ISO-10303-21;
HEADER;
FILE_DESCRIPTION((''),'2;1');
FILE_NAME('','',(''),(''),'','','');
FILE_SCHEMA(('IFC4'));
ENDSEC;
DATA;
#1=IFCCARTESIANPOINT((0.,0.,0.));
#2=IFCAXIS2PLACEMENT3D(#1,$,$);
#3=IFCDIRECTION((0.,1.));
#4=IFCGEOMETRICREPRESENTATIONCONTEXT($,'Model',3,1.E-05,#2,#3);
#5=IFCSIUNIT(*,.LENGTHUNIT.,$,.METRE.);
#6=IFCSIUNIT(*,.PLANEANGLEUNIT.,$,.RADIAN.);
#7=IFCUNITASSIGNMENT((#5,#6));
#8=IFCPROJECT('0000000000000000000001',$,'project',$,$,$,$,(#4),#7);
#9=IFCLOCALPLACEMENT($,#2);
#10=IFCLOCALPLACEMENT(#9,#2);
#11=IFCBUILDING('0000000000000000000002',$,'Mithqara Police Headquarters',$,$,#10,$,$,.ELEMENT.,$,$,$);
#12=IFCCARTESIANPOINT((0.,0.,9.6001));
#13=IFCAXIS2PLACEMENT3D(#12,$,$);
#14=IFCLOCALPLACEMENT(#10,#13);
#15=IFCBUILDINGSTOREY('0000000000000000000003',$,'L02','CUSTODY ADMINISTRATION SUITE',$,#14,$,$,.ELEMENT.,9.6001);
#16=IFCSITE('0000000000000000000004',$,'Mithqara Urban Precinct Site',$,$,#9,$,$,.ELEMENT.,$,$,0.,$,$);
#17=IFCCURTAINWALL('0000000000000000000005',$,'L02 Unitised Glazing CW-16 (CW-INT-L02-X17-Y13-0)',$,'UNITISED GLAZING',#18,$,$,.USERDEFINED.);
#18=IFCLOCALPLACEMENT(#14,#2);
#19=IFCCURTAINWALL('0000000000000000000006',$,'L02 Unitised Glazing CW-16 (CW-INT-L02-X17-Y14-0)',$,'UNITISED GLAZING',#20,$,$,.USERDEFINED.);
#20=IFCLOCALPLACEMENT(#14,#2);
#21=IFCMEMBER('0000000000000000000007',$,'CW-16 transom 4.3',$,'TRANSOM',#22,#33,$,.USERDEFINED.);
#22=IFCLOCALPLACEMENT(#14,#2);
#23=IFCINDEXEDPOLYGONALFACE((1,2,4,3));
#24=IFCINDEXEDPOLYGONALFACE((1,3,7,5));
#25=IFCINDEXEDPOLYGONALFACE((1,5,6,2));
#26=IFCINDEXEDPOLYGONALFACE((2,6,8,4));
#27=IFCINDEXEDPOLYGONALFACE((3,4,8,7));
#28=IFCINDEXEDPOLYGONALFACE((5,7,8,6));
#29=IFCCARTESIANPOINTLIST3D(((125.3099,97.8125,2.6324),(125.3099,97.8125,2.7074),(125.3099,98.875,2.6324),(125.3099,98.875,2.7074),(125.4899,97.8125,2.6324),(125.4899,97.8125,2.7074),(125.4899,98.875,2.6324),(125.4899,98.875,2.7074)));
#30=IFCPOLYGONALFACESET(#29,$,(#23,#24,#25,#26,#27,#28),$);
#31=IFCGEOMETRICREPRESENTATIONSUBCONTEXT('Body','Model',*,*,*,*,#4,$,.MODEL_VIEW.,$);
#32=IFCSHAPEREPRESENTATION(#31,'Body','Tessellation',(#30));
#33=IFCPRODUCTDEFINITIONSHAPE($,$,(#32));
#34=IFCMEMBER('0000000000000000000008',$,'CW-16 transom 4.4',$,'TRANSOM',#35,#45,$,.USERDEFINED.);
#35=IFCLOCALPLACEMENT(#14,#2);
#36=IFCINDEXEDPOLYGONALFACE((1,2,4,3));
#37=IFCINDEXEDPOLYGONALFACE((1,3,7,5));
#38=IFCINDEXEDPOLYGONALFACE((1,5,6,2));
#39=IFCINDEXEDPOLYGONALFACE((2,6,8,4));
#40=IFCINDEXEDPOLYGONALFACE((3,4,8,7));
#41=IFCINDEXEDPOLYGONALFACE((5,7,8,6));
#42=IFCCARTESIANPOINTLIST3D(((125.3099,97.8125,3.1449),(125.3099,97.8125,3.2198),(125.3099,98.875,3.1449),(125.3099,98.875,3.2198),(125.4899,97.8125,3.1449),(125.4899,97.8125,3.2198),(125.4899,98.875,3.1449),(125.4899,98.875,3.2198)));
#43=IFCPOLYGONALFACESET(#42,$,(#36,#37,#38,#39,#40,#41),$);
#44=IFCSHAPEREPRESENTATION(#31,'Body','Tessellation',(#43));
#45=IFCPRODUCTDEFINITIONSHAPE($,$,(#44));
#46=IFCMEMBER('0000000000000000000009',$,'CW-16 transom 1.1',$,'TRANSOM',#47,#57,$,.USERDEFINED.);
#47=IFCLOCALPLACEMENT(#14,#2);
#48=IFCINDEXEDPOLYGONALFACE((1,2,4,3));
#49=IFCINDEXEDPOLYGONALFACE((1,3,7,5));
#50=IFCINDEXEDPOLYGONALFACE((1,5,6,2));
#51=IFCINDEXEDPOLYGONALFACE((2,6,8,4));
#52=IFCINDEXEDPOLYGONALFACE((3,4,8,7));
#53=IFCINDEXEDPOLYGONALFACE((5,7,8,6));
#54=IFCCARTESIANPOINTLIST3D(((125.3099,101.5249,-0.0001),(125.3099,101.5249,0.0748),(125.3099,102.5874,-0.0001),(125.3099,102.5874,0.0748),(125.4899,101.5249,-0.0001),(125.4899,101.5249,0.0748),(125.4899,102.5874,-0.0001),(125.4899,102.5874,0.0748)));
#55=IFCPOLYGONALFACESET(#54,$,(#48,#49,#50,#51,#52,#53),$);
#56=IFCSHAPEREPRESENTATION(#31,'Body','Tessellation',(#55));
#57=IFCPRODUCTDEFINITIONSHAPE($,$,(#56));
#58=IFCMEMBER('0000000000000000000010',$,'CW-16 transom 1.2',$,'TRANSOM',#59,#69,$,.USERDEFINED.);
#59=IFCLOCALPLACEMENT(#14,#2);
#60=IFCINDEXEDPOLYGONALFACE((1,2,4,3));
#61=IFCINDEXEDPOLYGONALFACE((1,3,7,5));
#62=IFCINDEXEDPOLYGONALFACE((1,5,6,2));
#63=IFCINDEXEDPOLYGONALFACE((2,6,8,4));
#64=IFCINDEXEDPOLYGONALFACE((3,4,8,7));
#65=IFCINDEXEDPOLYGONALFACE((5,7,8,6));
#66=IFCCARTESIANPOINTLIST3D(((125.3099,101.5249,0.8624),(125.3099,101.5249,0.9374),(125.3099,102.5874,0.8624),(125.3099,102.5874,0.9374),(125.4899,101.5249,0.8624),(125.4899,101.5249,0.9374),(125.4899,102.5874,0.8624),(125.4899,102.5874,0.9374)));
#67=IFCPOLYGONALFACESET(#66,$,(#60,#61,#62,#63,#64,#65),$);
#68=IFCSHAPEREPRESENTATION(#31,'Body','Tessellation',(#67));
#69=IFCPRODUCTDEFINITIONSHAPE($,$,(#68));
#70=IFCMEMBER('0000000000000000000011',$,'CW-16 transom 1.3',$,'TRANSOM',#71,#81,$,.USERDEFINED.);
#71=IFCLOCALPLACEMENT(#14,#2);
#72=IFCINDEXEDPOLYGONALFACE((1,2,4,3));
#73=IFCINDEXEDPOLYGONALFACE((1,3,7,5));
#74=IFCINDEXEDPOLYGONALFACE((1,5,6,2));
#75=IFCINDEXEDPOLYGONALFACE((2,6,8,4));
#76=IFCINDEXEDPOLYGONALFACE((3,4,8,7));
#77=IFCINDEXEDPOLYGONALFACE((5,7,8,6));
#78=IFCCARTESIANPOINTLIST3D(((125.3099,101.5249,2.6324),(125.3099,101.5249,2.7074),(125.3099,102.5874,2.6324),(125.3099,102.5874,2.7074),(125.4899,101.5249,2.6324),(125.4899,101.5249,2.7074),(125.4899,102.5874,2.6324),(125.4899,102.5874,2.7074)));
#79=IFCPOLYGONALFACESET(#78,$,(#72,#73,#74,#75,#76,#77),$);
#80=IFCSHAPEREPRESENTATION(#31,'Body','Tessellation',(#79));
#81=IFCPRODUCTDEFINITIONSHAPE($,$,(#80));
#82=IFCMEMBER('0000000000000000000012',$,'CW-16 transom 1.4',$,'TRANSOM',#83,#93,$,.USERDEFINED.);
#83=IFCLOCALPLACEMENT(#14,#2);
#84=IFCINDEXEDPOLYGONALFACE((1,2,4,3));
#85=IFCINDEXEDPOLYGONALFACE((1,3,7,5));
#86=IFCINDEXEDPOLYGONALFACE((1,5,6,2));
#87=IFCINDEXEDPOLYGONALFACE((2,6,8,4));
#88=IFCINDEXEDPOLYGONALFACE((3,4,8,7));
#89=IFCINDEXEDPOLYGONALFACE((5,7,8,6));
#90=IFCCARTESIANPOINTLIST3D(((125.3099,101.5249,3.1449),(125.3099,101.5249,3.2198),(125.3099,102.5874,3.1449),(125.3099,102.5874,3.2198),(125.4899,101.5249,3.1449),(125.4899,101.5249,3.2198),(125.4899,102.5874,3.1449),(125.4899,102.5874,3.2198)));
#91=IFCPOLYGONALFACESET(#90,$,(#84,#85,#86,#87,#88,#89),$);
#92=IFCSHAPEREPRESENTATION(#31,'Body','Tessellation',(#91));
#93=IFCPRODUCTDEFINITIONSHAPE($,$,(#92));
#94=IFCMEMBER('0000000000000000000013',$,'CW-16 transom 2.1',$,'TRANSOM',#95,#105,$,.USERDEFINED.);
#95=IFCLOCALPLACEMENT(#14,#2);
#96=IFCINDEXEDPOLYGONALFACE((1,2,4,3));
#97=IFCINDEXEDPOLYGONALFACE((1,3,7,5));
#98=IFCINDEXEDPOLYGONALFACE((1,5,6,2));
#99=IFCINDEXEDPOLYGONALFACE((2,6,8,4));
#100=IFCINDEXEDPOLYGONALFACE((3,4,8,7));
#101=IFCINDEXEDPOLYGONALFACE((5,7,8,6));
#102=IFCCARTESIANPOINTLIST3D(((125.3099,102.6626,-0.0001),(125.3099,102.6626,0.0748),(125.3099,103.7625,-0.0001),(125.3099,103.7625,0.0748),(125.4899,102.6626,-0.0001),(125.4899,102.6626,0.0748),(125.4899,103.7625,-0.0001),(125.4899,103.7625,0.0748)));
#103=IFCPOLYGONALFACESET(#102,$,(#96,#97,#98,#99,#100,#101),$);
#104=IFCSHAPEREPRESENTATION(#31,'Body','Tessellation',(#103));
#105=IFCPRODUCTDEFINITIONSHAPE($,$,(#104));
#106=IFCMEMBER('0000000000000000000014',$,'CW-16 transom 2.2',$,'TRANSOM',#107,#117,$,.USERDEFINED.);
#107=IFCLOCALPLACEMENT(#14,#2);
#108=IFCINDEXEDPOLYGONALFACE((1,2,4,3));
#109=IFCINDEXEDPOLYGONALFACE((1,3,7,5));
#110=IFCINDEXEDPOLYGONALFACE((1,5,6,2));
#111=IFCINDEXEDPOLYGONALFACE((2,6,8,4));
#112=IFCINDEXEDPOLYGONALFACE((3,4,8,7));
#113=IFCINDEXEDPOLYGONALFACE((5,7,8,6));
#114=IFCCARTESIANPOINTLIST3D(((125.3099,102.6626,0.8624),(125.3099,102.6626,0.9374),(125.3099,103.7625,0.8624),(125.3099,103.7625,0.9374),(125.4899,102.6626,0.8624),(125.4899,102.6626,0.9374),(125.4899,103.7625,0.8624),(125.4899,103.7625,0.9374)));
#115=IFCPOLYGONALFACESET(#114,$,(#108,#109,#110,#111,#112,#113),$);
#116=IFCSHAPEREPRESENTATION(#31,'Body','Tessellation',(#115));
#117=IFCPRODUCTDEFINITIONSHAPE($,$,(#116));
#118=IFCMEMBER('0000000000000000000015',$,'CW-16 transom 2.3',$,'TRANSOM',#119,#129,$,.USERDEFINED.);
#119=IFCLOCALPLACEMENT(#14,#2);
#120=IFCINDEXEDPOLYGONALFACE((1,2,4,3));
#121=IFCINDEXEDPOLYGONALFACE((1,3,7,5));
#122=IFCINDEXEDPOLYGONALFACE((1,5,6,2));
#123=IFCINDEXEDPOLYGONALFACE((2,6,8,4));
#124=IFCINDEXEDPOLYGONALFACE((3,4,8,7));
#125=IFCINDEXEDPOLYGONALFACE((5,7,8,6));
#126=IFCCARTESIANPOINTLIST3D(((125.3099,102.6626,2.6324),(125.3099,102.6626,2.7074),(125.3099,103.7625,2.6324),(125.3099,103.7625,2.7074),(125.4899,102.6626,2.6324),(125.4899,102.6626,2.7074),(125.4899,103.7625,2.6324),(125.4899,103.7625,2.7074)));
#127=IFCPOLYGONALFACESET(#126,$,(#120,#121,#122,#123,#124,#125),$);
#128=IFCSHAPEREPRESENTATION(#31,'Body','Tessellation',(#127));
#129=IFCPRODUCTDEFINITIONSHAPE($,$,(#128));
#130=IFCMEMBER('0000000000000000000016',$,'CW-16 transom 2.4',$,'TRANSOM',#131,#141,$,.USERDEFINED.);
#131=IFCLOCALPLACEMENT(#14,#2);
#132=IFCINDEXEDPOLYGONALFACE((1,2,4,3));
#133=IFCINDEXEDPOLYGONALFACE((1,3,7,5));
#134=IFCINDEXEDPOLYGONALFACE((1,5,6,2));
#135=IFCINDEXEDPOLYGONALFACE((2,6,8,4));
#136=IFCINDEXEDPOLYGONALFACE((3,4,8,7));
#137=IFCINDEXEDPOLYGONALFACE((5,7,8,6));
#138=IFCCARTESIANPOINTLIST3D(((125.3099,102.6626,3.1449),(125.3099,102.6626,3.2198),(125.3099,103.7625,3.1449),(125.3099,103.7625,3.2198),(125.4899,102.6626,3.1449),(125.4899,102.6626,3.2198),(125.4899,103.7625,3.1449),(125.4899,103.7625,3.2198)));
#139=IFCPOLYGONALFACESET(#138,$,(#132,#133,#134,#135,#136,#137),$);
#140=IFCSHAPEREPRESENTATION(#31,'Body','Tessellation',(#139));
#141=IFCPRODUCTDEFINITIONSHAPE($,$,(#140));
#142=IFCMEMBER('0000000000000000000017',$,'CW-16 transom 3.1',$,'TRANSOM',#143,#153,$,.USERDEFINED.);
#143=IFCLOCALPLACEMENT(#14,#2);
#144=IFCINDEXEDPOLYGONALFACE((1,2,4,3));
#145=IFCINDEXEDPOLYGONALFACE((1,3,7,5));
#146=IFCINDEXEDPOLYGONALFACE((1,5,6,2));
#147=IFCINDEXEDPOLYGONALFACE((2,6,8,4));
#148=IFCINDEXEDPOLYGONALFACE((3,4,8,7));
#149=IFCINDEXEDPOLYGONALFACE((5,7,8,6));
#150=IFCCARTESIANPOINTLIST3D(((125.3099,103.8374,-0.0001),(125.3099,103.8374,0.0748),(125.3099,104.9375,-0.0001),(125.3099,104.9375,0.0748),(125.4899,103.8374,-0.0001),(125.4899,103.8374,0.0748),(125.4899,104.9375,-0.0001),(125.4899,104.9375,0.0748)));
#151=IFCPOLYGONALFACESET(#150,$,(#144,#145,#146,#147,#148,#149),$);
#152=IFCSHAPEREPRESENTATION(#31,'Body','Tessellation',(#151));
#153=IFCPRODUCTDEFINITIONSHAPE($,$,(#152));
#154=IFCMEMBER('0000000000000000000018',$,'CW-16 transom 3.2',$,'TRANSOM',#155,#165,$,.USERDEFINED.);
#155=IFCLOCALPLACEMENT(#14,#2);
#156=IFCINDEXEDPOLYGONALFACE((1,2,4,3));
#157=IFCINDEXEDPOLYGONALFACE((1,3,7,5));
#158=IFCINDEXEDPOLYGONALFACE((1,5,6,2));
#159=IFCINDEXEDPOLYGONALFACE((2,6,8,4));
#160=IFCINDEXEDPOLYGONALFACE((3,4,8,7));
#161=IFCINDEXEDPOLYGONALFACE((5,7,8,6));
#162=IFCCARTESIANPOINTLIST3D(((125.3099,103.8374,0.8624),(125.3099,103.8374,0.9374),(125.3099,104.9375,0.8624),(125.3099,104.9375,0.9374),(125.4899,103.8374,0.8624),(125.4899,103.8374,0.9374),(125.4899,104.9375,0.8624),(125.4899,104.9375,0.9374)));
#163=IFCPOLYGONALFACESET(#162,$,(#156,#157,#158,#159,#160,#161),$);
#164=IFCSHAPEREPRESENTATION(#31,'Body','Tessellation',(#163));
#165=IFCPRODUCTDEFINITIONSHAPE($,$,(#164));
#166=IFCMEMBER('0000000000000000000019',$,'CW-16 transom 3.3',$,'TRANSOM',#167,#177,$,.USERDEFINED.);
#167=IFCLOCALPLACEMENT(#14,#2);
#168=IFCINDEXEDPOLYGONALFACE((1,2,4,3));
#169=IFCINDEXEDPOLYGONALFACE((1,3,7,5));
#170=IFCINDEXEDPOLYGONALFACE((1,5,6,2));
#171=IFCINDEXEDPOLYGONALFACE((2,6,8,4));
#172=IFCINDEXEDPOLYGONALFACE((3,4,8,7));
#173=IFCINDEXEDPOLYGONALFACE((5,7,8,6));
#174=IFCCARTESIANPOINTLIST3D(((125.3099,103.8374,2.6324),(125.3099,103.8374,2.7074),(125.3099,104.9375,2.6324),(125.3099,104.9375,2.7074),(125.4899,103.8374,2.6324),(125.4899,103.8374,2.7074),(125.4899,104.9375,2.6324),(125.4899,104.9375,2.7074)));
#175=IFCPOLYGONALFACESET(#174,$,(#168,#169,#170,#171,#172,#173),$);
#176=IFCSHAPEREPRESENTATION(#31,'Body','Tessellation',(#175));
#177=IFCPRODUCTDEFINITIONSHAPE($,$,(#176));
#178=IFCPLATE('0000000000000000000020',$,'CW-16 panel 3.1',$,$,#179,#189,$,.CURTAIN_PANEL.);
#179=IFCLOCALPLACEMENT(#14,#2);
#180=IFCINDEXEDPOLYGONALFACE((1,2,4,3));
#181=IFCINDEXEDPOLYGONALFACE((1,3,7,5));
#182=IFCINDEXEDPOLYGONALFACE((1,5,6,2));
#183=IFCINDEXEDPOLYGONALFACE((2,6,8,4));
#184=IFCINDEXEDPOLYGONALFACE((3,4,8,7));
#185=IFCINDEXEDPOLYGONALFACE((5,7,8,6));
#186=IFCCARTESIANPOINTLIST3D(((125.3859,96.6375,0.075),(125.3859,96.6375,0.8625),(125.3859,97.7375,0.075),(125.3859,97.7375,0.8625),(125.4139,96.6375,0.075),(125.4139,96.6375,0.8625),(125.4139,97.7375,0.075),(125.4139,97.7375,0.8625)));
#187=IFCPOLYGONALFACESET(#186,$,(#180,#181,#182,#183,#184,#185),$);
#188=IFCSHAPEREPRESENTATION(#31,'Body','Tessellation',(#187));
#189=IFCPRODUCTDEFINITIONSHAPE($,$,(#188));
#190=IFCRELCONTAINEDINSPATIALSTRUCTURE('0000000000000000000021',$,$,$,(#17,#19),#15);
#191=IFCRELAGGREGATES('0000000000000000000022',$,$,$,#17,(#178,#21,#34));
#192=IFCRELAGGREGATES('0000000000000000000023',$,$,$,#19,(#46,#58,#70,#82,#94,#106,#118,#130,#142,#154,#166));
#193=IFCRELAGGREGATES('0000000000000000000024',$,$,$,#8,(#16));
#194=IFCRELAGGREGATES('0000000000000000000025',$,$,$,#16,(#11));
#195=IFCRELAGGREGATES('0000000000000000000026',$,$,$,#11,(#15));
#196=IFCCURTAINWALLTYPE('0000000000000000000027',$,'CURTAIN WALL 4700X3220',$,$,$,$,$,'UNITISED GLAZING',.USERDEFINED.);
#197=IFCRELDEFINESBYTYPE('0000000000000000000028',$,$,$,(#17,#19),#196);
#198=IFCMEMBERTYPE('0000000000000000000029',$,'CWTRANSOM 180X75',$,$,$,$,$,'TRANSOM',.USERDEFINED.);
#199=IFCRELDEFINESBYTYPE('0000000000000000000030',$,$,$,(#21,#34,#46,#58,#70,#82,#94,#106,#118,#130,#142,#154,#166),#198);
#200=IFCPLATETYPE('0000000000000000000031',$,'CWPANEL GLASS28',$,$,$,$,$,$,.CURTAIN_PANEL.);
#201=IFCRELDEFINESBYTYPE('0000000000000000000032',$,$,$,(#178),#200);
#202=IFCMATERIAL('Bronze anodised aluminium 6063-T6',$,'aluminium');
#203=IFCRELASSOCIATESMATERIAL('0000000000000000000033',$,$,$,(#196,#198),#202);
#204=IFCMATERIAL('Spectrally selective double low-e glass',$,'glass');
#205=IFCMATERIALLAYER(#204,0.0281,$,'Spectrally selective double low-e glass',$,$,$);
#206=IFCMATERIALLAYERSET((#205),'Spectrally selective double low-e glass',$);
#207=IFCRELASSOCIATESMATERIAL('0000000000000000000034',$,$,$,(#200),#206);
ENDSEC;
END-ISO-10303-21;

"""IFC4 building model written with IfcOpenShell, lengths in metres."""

from ifc_helpers import new_model, si_unit, direction, frame, origin, origin_2d, place, context, subcontext, project, spatial, rectangle, extrude, material, layer, layer_set, material_profile, profile_set, type_object, element, aggregate, save


model = new_model("IFC4")

# Units and contexts
model_context = context("Model", 3, precision=1e-05, world=origin(), true_north=direction((0.0, 1.0)))
body_context = subcontext(model_context, "Body", "Model", "MODEL_VIEW")
ifc_project = project(units=[si_unit("LENGTHUNIT", "METRE"), si_unit("PLANEANGLEUNIT", "RADIAN")], contexts=[model_context])

# Site, building, storey
site_placement = place(None, origin())
site = spatial("IfcSite", under=ifc_project, at=site_placement, Name="Mithqara Urban Precinct Site", CompositionType="ELEMENT", RefElevation=0.0)
building_placement = place(site_placement, origin())
building = spatial("IfcBuilding", under=site, at=building_placement, Name="Mithqara Police Headquarters", CompositionType="ELEMENT")
storey_placement = place(building_placement, frame((0.0, 0.0, 9.6001)))
storey = spatial("IfcBuildingStorey", under=building, at=storey_placement, Name="L02", Description="CUSTODY ADMINISTRATION SUITE", CompositionType="ELEMENT", Elevation=9.6001)

# Curtain walls
ifc_material_1 = material(Name="Bronze anodised aluminium 6063-T6", Category="aluminium")
curtain_wall_type = type_object("IfcCurtainWallType", Name="CURTAIN WALL 4700X3220", ElementType="UNITISED GLAZING", PredefinedType="USERDEFINED", material=ifc_material_1)
curtain_wall_1_placement = place(storey_placement, origin())
curtain_wall_1 = element("IfcCurtainWall", 1, at=curtain_wall_1_placement, inside=storey, type_object=curtain_wall_type, Name="L02 Unitised Glazing CW-16 (CW-INT-L02-X17-Y13-0)", ObjectType="UNITISED GLAZING", PredefinedType="USERDEFINED")
curtain_wall_2_placement = place(storey_placement, origin())
curtain_wall_2 = element("IfcCurtainWall", 2, at=curtain_wall_2_placement, inside=storey, type_object=curtain_wall_type, Name="L02 Unitised Glazing CW-16 (CW-INT-L02-X17-Y14-0)", ObjectType="UNITISED GLAZING", PredefinedType="USERDEFINED")

# Members
ifc_material_profile_1 = material_profile(ifc_material_1, rectangle(XDim=0.1799, YDim=0.075, at=origin_2d()), Name="CWT 180x75")
ifc_profile_set_1 = profile_set([ifc_material_profile_1], Name="Bronze anodised aluminium 6063-T6")
member_type_1 = type_object("IfcMemberType", Name="CWTRANSOM 180X75", ElementType="TRANSOM", PredefinedType="USERDEFINED", material=ifc_profile_set_1)
member_1_placement = place(storey_placement, frame((125.3999, 97.8125, 2.6699), z_axis=(0.0, 1.0, 0.0), x_axis=(-1.0, 0.0, 0.0)))
member_1 = element("IfcMember", 3, at=member_1_placement, type_object=member_type_1, Name="CW-16 transom 4.3", ObjectType="TRANSOM", PredefinedType="USERDEFINED", context=body_context, shape_type="SweptSolid", body=[
    extrude(rectangle(XDim=0.1799, YDim=0.075, at=origin_2d()), origin(), (0.0, 0.0, 1.0), 1.0625),
])
member_2_placement = place(storey_placement, frame((125.3999, 97.8125, 3.1824), z_axis=(0.0, 1.0, 0.0), x_axis=(-1.0, 0.0, 0.0)))
member_2 = element("IfcMember", 4, at=member_2_placement, type_object=member_type_1, Name="CW-16 transom 4.4", ObjectType="TRANSOM", PredefinedType="USERDEFINED", context=body_context, shape_type="SweptSolid", body=[
    extrude(rectangle(XDim=0.1799, YDim=0.075, at=origin_2d()), origin(), (0.0, 0.0, 1.0), 1.0625),
])
member_3_placement = place(storey_placement, frame((125.3999, 101.5249, 0.0374), z_axis=(0.0, 1.0, 0.0), x_axis=(-1.0, 0.0, 0.0)))
member_3 = element("IfcMember", 5, at=member_3_placement, type_object=member_type_1, Name="CW-16 transom 1.1", ObjectType="TRANSOM", PredefinedType="USERDEFINED", context=body_context, shape_type="SweptSolid", body=[
    extrude(rectangle(XDim=0.1799, YDim=0.075, at=origin_2d()), origin(), (0.0, 0.0, 1.0), 1.0625),
])
member_4_placement = place(storey_placement, frame((125.3999, 101.5249, 0.8999), z_axis=(0.0, 1.0, 0.0), x_axis=(-1.0, 0.0, 0.0)))
member_4 = element("IfcMember", 6, at=member_4_placement, type_object=member_type_1, Name="CW-16 transom 1.2", ObjectType="TRANSOM", PredefinedType="USERDEFINED", context=body_context, shape_type="SweptSolid", body=[
    extrude(rectangle(XDim=0.1799, YDim=0.075, at=origin_2d()), origin(), (0.0, 0.0, 1.0), 1.0625),
])
member_5_placement = place(storey_placement, frame((125.3999, 101.5249, 2.6699), z_axis=(0.0, 1.0, 0.0), x_axis=(-1.0, 0.0, 0.0)))
member_5 = element("IfcMember", 7, at=member_5_placement, type_object=member_type_1, Name="CW-16 transom 1.3", ObjectType="TRANSOM", PredefinedType="USERDEFINED", context=body_context, shape_type="SweptSolid", body=[
    extrude(rectangle(XDim=0.1799, YDim=0.075, at=origin_2d()), origin(), (0.0, 0.0, 1.0), 1.0625),
])
member_6_placement = place(storey_placement, frame((125.3999, 101.5249, 3.1824), z_axis=(0.0, 1.0, 0.0), x_axis=(-1.0, 0.0, 0.0)))
member_6 = element("IfcMember", 8, at=member_6_placement, type_object=member_type_1, Name="CW-16 transom 1.4", ObjectType="TRANSOM", PredefinedType="USERDEFINED", context=body_context, shape_type="SweptSolid", body=[
    extrude(rectangle(XDim=0.1799, YDim=0.075, at=origin_2d()), origin(), (0.0, 0.0, 1.0), 1.0625),
])
member_7_placement = place(storey_placement, frame((125.3999, 102.6626, 0.0374), z_axis=(0.0, 1.0, 0.0), x_axis=(-1.0, 0.0, 0.0)))
member_7 = element("IfcMember", 9, at=member_7_placement, type_object=member_type_1, Name="CW-16 transom 2.1", ObjectType="TRANSOM", PredefinedType="USERDEFINED", context=body_context, shape_type="SweptSolid", body=[
    extrude(rectangle(XDim=0.1799, YDim=0.075, at=origin_2d()), origin(), (0.0, 0.0, 1.0), 1.0999),
])
member_8_placement = place(storey_placement, frame((125.3999, 102.6626, 0.8999), z_axis=(0.0, 1.0, 0.0), x_axis=(-1.0, 0.0, 0.0)))
member_8 = element("IfcMember", 10, at=member_8_placement, type_object=member_type_1, Name="CW-16 transom 2.2", ObjectType="TRANSOM", PredefinedType="USERDEFINED", context=body_context, shape_type="SweptSolid", body=[
    extrude(rectangle(XDim=0.1799, YDim=0.075, at=origin_2d()), origin(), (0.0, 0.0, 1.0), 1.0999),
])
member_9_placement = place(storey_placement, frame((125.3999, 102.6626, 2.6699), z_axis=(0.0, 1.0, 0.0), x_axis=(-1.0, 0.0, 0.0)))
member_9 = element("IfcMember", 11, at=member_9_placement, type_object=member_type_1, Name="CW-16 transom 2.3", ObjectType="TRANSOM", PredefinedType="USERDEFINED", context=body_context, shape_type="SweptSolid", body=[
    extrude(rectangle(XDim=0.1799, YDim=0.075, at=origin_2d()), origin(), (0.0, 0.0, 1.0), 1.0999),
])
member_10_placement = place(storey_placement, frame((125.3999, 102.6626, 3.1824), z_axis=(0.0, 1.0, 0.0), x_axis=(-1.0, 0.0, 0.0)))
member_10 = element("IfcMember", 12, at=member_10_placement, type_object=member_type_1, Name="CW-16 transom 2.4", ObjectType="TRANSOM", PredefinedType="USERDEFINED", context=body_context, shape_type="SweptSolid", body=[
    extrude(rectangle(XDim=0.1799, YDim=0.075, at=origin_2d()), origin(), (0.0, 0.0, 1.0), 1.0999),
])
member_11_placement = place(storey_placement, frame((125.3999, 103.8374, 0.0374), z_axis=(0.0, 1.0, 0.0), x_axis=(-1.0, 0.0, 0.0)))
member_11 = element("IfcMember", 13, at=member_11_placement, type_object=member_type_1, Name="CW-16 transom 3.1", ObjectType="TRANSOM", PredefinedType="USERDEFINED", context=body_context, shape_type="SweptSolid", body=[
    extrude(rectangle(XDim=0.1799, YDim=0.075, at=origin_2d()), origin(), (0.0, 0.0, 1.0), 1.1001),
])
member_12_placement = place(storey_placement, frame((125.3999, 103.8374, 0.8999), z_axis=(0.0, 1.0, 0.0), x_axis=(-1.0, 0.0, 0.0)))
member_12 = element("IfcMember", 14, at=member_12_placement, type_object=member_type_1, Name="CW-16 transom 3.2", ObjectType="TRANSOM", PredefinedType="USERDEFINED", context=body_context, shape_type="SweptSolid", body=[
    extrude(rectangle(XDim=0.1799, YDim=0.075, at=origin_2d()), origin(), (0.0, 0.0, 1.0), 1.1001),
])
member_13_placement = place(storey_placement, frame((125.3999, 103.8374, 2.6699), z_axis=(0.0, 1.0, 0.0), x_axis=(-1.0, 0.0, 0.0)))
member_13 = element("IfcMember", 15, at=member_13_placement, type_object=member_type_1, Name="CW-16 transom 3.3", ObjectType="TRANSOM", PredefinedType="USERDEFINED", context=body_context, shape_type="SweptSolid", body=[
    extrude(rectangle(XDim=0.1799, YDim=0.075, at=origin_2d()), origin(), (0.0, 0.0, 1.0), 1.1001),
])

# Plate
ifc_material_2 = material(Name="Spectrally selective double low-e glass", Category="glass")
ifc_layer_1 = layer(ifc_material_2, 0.0281, Name="Spectrally selective double low-e glass")
ifc_layer_set_1 = layer_set([ifc_layer_1], Name="Spectrally selective double low-e glass")
plate_type_1 = type_object("IfcPlateType", Name="CWPANEL GLASS28", PredefinedType="CURTAIN_PANEL", material=ifc_layer_set_1)
plate_1_placement = place(storey_placement, frame((125.3999, 97.1875, 0.075), z_axis=(0.0, 0.0, 1.0), x_axis=(0.0, 1.0, 0.0)))
plate_1 = element("IfcPlate", 16, at=plate_1_placement, type_object=plate_type_1, Name="CW-16 panel 3.1", PredefinedType="CURTAIN_PANEL", context=body_context, shape_type="SweptSolid", body=[
    extrude(rectangle(XDim=1.1001, YDim=0.0281, at=origin_2d()), origin(), (0.0, 0.0, 1.0), 0.7876),
])
aggregate(curtain_wall_1, [plate_1, member_1, member_2])
aggregate(curtain_wall_2, [member_3, member_4, member_5, member_6, member_7, member_8, member_9, member_10, member_11, member_12, member_13])

save(model, "model.ifc")
